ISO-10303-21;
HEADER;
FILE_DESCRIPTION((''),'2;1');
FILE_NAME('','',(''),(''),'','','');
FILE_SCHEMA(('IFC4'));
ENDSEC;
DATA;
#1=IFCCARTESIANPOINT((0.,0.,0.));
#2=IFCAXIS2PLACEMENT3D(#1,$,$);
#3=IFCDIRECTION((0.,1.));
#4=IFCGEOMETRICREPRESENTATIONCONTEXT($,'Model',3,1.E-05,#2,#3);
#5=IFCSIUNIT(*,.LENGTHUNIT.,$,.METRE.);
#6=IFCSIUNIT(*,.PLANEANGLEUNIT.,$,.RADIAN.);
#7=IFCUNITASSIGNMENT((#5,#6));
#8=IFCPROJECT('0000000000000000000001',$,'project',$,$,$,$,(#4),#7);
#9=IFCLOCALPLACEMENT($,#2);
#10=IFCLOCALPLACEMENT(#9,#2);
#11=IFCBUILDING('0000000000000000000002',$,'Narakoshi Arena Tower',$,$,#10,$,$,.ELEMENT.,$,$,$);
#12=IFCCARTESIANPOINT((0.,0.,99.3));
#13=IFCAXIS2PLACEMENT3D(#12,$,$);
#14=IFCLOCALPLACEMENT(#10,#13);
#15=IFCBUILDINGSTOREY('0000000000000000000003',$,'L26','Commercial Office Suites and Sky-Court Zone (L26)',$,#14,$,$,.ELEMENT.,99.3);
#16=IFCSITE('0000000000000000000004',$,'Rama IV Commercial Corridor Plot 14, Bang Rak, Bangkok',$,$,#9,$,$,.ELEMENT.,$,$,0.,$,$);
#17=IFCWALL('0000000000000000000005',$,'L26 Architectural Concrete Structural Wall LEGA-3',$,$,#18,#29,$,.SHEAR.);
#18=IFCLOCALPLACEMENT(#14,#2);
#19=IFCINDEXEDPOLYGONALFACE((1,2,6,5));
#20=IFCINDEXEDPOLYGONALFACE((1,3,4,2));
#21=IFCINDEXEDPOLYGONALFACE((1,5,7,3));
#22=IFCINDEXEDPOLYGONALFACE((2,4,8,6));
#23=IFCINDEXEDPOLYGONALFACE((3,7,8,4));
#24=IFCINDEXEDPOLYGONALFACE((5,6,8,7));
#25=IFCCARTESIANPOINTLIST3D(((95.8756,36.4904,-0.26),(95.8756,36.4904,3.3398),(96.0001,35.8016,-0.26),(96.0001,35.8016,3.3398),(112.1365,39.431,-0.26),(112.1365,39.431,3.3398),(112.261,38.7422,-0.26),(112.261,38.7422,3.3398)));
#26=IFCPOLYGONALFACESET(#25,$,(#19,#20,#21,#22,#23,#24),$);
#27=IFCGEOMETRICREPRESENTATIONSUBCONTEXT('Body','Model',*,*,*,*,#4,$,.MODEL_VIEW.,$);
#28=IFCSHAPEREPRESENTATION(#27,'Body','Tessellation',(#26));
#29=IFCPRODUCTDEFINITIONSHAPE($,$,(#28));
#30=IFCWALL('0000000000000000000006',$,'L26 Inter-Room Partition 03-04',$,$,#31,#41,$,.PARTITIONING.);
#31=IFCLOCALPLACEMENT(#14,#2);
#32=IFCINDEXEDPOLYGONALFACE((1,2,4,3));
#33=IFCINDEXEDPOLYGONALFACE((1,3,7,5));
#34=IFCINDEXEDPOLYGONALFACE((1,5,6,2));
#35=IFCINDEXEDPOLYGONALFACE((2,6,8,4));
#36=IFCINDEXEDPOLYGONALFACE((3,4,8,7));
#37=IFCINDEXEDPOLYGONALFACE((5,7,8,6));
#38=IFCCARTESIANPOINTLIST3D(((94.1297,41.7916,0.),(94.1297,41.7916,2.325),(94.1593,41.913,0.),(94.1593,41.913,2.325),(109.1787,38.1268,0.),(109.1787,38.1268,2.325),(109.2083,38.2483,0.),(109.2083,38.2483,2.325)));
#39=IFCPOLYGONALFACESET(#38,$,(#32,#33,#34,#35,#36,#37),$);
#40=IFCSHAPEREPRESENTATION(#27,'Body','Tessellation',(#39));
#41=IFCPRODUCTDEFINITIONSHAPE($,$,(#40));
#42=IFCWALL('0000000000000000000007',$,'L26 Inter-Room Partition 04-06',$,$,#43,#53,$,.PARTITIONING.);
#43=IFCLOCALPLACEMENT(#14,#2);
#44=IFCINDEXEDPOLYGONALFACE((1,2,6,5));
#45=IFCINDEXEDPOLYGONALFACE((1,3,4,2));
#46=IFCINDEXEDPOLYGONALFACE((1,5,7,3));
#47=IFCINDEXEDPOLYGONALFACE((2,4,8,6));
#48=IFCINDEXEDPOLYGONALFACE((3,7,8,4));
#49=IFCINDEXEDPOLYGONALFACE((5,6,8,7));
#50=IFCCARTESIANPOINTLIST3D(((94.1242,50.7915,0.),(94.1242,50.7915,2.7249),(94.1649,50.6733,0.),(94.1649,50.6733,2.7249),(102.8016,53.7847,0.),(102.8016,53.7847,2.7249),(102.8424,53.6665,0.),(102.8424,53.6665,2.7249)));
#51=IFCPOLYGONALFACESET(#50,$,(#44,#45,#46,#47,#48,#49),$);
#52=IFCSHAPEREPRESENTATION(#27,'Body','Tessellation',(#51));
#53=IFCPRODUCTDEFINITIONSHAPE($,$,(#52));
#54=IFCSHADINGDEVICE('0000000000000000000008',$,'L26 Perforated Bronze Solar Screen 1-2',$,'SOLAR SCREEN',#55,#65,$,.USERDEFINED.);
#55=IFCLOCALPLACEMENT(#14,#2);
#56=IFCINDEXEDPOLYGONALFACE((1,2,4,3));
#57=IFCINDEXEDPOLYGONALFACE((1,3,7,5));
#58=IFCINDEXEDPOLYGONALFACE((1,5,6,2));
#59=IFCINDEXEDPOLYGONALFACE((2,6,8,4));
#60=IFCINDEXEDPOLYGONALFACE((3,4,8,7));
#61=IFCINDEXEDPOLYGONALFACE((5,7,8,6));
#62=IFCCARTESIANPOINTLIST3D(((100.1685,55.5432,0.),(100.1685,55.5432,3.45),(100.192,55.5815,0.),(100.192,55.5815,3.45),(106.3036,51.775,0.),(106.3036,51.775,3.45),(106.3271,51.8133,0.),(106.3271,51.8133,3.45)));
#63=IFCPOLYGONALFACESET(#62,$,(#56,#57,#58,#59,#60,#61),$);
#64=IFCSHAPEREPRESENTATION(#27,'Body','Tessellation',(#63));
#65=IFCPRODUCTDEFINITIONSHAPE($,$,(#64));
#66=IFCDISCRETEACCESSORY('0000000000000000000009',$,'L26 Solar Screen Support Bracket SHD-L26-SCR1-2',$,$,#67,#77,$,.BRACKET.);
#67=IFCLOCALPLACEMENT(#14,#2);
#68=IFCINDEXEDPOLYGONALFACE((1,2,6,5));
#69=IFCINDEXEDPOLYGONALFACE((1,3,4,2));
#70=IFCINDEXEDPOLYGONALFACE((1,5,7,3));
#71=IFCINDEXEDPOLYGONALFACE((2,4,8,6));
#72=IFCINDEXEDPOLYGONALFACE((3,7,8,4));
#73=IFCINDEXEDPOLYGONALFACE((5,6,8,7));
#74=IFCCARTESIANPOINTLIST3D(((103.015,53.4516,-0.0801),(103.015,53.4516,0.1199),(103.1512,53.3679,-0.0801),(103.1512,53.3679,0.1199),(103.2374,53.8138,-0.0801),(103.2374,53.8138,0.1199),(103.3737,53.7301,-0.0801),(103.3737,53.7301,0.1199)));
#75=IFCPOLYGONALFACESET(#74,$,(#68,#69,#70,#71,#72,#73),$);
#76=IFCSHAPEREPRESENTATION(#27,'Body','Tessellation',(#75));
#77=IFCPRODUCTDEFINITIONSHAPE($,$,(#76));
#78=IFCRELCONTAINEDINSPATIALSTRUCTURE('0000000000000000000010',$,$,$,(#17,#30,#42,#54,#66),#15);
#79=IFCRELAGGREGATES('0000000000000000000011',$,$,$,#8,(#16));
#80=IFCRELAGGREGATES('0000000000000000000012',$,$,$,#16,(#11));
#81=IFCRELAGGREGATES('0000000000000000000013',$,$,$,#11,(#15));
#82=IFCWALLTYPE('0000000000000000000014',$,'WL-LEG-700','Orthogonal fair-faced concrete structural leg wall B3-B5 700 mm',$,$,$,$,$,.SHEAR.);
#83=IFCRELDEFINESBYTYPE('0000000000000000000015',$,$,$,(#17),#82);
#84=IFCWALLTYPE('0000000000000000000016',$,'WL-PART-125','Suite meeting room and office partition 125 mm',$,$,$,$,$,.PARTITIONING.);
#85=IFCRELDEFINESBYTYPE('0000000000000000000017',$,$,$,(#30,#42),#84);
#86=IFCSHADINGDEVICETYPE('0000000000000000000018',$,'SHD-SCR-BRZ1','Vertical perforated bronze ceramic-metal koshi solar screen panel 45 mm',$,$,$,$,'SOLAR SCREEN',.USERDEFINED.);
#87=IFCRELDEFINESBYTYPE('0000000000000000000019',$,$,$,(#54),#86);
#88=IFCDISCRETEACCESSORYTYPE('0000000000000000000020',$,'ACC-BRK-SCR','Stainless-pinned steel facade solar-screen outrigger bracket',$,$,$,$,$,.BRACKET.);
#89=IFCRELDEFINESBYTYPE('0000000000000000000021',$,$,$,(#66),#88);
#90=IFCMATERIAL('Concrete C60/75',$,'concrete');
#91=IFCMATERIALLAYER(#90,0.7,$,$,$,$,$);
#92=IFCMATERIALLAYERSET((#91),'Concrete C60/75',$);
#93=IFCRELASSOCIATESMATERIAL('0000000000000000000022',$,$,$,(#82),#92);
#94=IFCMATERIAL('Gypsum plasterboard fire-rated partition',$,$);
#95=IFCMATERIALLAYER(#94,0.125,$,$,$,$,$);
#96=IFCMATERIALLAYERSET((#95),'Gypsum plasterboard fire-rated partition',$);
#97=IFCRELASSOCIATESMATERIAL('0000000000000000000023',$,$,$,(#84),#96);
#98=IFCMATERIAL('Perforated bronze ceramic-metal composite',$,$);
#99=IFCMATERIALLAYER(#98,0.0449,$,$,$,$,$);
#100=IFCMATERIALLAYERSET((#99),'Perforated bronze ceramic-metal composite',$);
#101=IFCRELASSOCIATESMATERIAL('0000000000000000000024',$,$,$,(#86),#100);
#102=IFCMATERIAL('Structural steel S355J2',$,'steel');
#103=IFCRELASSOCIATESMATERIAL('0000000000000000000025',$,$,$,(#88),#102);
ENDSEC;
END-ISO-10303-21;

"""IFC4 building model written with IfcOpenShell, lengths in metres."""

from ifc_helpers import new_model, si_unit, direction, frame, frame_2d, origin, origin_2d, place, context, subcontext, project, spatial, rectangle, extrude, material, layer, layer_set, type_object, element, save


model = new_model("IFC4")

# Units and contexts
model_context = context("Model", 3, precision=1e-05, world=origin(), true_north=direction((0.0, 1.0)))
body_context = subcontext(model_context, "Body", "Model", "MODEL_VIEW")
ifc_project = project(units=[si_unit("LENGTHUNIT", "METRE"), si_unit("PLANEANGLEUNIT", "RADIAN")], contexts=[model_context])

# Site, building, storey
site_placement = place(None, origin())
site = spatial("IfcSite", under=ifc_project, at=site_placement, Name="Rama IV Commercial Corridor Plot 14, Bang Rak, Bangkok", CompositionType="ELEMENT", RefElevation=0.0)
building_placement = place(site_placement, origin())
building = spatial("IfcBuilding", under=site, at=building_placement, Name="Narakoshi Arena Tower", CompositionType="ELEMENT")
storey_placement = place(building_placement, frame((0.0, 0.0, 99.3)))
storey = spatial("IfcBuildingStorey", under=building, at=storey_placement, Name="L26", Description="Commercial Office Suites and Sky-Court Zone (L26)", CompositionType="ELEMENT", Elevation=99.3)

# Shared definitions
ifc_material_1 = material(Name="Concrete C60/75", Category="concrete")

# Shared definitions
ifc_material_2 = material(Name="Structural steel S355J2", Category="steel")

# Shared definitions
ifc_material_3 = material(Name="Gypsum plasterboard fire-rated partition")

# Walls
ifc_layer_1 = layer(ifc_material_1, 0.7)
ifc_layer_set_1 = layer_set([ifc_layer_1], Name="Concrete C60/75")
wall_type_1 = type_object("IfcWallType", Name="WL-LEG-700", Description="Orthogonal fair-faced concrete structural leg wall B3-B5 700 mm", PredefinedType="SHEAR", material=ifc_layer_set_1)
wall_1_placement = place(storey_placement, frame((95.938, 36.146, -0.26), z_axis=(0.0, 0.0, 1.0), x_axis=(0.984038, 0.177956, 0.0)))
element("IfcWall", 1, at=wall_1_placement, inside=storey, type_object=wall_type_1, Name="L26 Architectural Concrete Structural Wall LEGA-3", PredefinedType="SHEAR", context=body_context, shape_type="SweptSolid", body=[
    extrude(rectangle(XDim=16.5247, YDim=0.7, at=frame_2d((8.2622, 0.0))), origin(), (0.0, 0.0, 1.0), 3.5999),
])
ifc_layer_2 = layer(ifc_material_3, 0.125)
ifc_layer_set_2 = layer_set([ifc_layer_2], Name="Gypsum plasterboard fire-rated partition")
wall_type_2 = type_object("IfcWallType", Name="WL-PART-125", Description="Suite meeting room and office partition 125 mm", PredefinedType="PARTITIONING", material=ifc_layer_set_2)
wall_2_placement = place(storey_placement, frame((94.1445, 41.8523, 0.0), z_axis=(0.0, 0.0, 1.0), x_axis=(0.971605, -0.236608, 0.0)))
element("IfcWall", 2, at=wall_2_placement, inside=storey, type_object=wall_type_2, Name="L26 Inter-Room Partition 03-04", PredefinedType="PARTITIONING", context=body_context, shape_type="SweptSolid", body=[
    extrude(rectangle(XDim=15.4888, YDim=0.125, at=frame_2d((7.7444, 0.0))), origin(), (0.0, 0.0, 1.0), 2.325),
])
wall_3_placement = place(storey_placement, frame((94.1445, 50.7324, 0.0), z_axis=(0.0, 0.0, 1.0), x_axis=(0.945342, 0.326081, 0.0)))
element("IfcWall", 3, at=wall_3_placement, inside=storey, type_object=wall_type_2, Name="L26 Inter-Room Partition 04-06", PredefinedType="PARTITIONING", context=body_context, shape_type="SweptSolid", body=[
    extrude(rectangle(XDim=9.1792, YDim=0.125, at=frame_2d((4.5896, 0.0))), origin(), (0.0, 0.0, 1.0), 2.7249),
])

# Shading device
ifc_material_4 = material(Name="Perforated bronze ceramic-metal composite")
ifc_layer_3 = layer(ifc_material_4, 0.0449)
ifc_layer_set_3 = layer_set([ifc_layer_3], Name="Perforated bronze ceramic-metal composite")
shading_device_type = type_object("IfcShadingDeviceType", Name="SHD-SCR-BRZ1", Description="Vertical perforated bronze ceramic-metal koshi solar screen panel 45 mm", ElementType="SOLAR SCREEN", PredefinedType="USERDEFINED", material=ifc_layer_set_3)
shading_device_placement = place(storey_placement, frame((103.2478, 53.6782, 0.0), z_axis=(0.0, 0.0, 1.0), x_axis=(-0.852111, 0.523361, 0.0)))
element("IfcShadingDevice", 4, at=shading_device_placement, inside=storey, type_object=shading_device_type, Name="L26 Perforated Bronze Solar Screen 1-2", ObjectType="SOLAR SCREEN", PredefinedType="USERDEFINED", context=body_context, shape_type="SweptSolid", body=[
    extrude(rectangle(XDim=7.2, YDim=0.0449, at=origin_2d()), origin(), (0.0, 0.0, 1.0), 3.45),
])

# Discrete accessory
discrete_accessory_type = type_object("IfcDiscreteAccessoryType", Name="ACC-BRK-SCR", Description="Stainless-pinned steel facade solar-screen outrigger bracket", PredefinedType="BRACKET", material=ifc_material_2)
discrete_accessory_placement = place(storey_placement, frame((103.1943, 53.5908, -0.0801), z_axis=(0.0, 0.0, 1.0), x_axis=(-0.852111, 0.523361, 0.0)))
element("IfcDiscreteAccessory", 5, at=discrete_accessory_placement, inside=storey, type_object=discrete_accessory_type, Name="L26 Solar Screen Support Bracket SHD-L26-SCR1-2", PredefinedType="BRACKET", context=body_context, shape_type="SweptSolid", body=[
    extrude(rectangle(XDim=0.1599, YDim=0.425, at=origin_2d()), origin(), (0.0, 0.0, 1.0), 0.2),
])

save(model, "model.ifc")
